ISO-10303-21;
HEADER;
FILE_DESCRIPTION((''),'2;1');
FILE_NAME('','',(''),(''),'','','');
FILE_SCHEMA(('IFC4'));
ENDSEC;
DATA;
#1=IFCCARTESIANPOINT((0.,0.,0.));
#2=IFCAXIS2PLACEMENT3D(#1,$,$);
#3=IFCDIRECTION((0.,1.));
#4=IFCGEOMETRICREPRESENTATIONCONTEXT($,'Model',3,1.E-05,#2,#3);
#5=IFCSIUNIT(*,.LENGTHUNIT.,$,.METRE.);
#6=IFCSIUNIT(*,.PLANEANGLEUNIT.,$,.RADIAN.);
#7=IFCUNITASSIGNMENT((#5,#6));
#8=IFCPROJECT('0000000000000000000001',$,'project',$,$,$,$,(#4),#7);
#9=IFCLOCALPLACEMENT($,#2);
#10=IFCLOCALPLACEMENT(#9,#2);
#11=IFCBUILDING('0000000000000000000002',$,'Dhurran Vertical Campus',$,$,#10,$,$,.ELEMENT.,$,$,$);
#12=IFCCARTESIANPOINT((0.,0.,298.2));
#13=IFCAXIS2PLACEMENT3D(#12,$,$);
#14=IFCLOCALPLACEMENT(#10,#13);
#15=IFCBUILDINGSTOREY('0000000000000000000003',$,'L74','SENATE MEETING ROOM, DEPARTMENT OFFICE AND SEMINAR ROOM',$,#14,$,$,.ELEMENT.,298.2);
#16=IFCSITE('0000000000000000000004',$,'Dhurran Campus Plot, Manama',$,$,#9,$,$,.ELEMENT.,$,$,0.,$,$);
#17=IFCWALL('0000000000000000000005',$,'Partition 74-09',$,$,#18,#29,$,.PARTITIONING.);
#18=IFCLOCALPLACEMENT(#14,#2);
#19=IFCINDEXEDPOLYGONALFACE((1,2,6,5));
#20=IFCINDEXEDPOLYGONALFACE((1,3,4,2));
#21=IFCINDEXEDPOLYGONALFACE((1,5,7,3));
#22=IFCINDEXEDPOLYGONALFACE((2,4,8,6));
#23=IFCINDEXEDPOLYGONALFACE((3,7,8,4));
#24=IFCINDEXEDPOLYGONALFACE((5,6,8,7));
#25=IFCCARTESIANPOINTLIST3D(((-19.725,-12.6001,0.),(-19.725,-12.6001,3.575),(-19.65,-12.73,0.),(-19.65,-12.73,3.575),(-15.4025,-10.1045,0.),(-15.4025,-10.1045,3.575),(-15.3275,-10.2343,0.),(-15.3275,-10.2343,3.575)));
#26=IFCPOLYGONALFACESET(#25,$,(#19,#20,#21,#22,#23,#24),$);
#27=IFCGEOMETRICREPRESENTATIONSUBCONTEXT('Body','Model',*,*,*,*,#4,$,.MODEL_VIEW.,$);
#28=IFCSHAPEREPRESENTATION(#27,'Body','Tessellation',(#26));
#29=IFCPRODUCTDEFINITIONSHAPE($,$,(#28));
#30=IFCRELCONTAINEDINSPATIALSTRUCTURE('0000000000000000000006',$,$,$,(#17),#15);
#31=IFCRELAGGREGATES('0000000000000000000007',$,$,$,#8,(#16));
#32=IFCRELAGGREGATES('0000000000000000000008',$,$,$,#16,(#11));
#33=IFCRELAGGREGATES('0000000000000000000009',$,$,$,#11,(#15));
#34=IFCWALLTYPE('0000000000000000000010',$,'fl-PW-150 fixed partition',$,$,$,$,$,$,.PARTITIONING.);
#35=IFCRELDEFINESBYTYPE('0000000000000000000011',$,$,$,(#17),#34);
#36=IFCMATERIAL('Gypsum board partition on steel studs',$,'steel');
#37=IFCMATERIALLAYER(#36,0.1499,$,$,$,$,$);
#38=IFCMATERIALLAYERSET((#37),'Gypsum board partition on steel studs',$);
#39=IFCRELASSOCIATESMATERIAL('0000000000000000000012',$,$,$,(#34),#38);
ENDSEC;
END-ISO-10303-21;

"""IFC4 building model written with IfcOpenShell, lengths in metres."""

from ifc_helpers import new_model, si_unit, direction, frame, frame_2d, origin, place, context, subcontext, project, spatial, rectangle, extrude, material, layer, layer_set, type_object, element, save


model = new_model("IFC4")

# Units and contexts
model_context = context("Model", 3, precision=1e-05, world=origin(), true_north=direction((0.0, 1.0)))
body_context = subcontext(model_context, "Body", "Model", "MODEL_VIEW")
ifc_project = project(units=[si_unit("LENGTHUNIT", "METRE"), si_unit("PLANEANGLEUNIT", "RADIAN")], contexts=[model_context])

# Site, building, storey
site_placement = place(None, origin())
site = spatial("IfcSite", under=ifc_project, at=site_placement, Name="Dhurran Campus Plot, Manama", CompositionType="ELEMENT", RefElevation=0.0)
building_placement = place(site_placement, origin())
building = spatial("IfcBuilding", under=site, at=building_placement, Name="Dhurran Vertical Campus", CompositionType="ELEMENT")
storey_placement = place(building_placement, frame((0.0, 0.0, 298.2)))
storey = spatial("IfcBuildingStorey", under=building, at=storey_placement, Name="L74", Description="SENATE MEETING ROOM, DEPARTMENT OFFICE AND SEMINAR ROOM", CompositionType="ELEMENT", Elevation=298.2)

# Wall
ifc_material_1 = material(Name="Gypsum board partition on steel studs", Category="steel")
ifc_layer_1 = layer(ifc_material_1, 0.1499)
ifc_layer_set_1 = layer_set([ifc_layer_1], Name="Gypsum board partition on steel studs")
wall_type_1 = type_object("IfcWallType", Name="fl-PW-150 fixed partition", PredefinedType="PARTITIONING", material=ifc_layer_set_1)
wall_1_placement = place(storey_placement, frame((-15.365, -10.1694, 0.0), z_axis=(0.0, 0.0, 1.0), x_axis=(-0.866025, -0.5, 0.0)))
element("IfcWall", 1, at=wall_1_placement, inside=storey, type_object=wall_type_1, Name="Partition 74-09", PredefinedType="PARTITIONING", context=body_context, shape_type="SweptSolid", body=[
    extrude(rectangle(XDim=4.9912, YDim=0.1499, at=frame_2d((2.4956, 0.0))), origin(), (0.0, 0.0, 1.0), 3.575),
])

save(model, "model.ifc")
